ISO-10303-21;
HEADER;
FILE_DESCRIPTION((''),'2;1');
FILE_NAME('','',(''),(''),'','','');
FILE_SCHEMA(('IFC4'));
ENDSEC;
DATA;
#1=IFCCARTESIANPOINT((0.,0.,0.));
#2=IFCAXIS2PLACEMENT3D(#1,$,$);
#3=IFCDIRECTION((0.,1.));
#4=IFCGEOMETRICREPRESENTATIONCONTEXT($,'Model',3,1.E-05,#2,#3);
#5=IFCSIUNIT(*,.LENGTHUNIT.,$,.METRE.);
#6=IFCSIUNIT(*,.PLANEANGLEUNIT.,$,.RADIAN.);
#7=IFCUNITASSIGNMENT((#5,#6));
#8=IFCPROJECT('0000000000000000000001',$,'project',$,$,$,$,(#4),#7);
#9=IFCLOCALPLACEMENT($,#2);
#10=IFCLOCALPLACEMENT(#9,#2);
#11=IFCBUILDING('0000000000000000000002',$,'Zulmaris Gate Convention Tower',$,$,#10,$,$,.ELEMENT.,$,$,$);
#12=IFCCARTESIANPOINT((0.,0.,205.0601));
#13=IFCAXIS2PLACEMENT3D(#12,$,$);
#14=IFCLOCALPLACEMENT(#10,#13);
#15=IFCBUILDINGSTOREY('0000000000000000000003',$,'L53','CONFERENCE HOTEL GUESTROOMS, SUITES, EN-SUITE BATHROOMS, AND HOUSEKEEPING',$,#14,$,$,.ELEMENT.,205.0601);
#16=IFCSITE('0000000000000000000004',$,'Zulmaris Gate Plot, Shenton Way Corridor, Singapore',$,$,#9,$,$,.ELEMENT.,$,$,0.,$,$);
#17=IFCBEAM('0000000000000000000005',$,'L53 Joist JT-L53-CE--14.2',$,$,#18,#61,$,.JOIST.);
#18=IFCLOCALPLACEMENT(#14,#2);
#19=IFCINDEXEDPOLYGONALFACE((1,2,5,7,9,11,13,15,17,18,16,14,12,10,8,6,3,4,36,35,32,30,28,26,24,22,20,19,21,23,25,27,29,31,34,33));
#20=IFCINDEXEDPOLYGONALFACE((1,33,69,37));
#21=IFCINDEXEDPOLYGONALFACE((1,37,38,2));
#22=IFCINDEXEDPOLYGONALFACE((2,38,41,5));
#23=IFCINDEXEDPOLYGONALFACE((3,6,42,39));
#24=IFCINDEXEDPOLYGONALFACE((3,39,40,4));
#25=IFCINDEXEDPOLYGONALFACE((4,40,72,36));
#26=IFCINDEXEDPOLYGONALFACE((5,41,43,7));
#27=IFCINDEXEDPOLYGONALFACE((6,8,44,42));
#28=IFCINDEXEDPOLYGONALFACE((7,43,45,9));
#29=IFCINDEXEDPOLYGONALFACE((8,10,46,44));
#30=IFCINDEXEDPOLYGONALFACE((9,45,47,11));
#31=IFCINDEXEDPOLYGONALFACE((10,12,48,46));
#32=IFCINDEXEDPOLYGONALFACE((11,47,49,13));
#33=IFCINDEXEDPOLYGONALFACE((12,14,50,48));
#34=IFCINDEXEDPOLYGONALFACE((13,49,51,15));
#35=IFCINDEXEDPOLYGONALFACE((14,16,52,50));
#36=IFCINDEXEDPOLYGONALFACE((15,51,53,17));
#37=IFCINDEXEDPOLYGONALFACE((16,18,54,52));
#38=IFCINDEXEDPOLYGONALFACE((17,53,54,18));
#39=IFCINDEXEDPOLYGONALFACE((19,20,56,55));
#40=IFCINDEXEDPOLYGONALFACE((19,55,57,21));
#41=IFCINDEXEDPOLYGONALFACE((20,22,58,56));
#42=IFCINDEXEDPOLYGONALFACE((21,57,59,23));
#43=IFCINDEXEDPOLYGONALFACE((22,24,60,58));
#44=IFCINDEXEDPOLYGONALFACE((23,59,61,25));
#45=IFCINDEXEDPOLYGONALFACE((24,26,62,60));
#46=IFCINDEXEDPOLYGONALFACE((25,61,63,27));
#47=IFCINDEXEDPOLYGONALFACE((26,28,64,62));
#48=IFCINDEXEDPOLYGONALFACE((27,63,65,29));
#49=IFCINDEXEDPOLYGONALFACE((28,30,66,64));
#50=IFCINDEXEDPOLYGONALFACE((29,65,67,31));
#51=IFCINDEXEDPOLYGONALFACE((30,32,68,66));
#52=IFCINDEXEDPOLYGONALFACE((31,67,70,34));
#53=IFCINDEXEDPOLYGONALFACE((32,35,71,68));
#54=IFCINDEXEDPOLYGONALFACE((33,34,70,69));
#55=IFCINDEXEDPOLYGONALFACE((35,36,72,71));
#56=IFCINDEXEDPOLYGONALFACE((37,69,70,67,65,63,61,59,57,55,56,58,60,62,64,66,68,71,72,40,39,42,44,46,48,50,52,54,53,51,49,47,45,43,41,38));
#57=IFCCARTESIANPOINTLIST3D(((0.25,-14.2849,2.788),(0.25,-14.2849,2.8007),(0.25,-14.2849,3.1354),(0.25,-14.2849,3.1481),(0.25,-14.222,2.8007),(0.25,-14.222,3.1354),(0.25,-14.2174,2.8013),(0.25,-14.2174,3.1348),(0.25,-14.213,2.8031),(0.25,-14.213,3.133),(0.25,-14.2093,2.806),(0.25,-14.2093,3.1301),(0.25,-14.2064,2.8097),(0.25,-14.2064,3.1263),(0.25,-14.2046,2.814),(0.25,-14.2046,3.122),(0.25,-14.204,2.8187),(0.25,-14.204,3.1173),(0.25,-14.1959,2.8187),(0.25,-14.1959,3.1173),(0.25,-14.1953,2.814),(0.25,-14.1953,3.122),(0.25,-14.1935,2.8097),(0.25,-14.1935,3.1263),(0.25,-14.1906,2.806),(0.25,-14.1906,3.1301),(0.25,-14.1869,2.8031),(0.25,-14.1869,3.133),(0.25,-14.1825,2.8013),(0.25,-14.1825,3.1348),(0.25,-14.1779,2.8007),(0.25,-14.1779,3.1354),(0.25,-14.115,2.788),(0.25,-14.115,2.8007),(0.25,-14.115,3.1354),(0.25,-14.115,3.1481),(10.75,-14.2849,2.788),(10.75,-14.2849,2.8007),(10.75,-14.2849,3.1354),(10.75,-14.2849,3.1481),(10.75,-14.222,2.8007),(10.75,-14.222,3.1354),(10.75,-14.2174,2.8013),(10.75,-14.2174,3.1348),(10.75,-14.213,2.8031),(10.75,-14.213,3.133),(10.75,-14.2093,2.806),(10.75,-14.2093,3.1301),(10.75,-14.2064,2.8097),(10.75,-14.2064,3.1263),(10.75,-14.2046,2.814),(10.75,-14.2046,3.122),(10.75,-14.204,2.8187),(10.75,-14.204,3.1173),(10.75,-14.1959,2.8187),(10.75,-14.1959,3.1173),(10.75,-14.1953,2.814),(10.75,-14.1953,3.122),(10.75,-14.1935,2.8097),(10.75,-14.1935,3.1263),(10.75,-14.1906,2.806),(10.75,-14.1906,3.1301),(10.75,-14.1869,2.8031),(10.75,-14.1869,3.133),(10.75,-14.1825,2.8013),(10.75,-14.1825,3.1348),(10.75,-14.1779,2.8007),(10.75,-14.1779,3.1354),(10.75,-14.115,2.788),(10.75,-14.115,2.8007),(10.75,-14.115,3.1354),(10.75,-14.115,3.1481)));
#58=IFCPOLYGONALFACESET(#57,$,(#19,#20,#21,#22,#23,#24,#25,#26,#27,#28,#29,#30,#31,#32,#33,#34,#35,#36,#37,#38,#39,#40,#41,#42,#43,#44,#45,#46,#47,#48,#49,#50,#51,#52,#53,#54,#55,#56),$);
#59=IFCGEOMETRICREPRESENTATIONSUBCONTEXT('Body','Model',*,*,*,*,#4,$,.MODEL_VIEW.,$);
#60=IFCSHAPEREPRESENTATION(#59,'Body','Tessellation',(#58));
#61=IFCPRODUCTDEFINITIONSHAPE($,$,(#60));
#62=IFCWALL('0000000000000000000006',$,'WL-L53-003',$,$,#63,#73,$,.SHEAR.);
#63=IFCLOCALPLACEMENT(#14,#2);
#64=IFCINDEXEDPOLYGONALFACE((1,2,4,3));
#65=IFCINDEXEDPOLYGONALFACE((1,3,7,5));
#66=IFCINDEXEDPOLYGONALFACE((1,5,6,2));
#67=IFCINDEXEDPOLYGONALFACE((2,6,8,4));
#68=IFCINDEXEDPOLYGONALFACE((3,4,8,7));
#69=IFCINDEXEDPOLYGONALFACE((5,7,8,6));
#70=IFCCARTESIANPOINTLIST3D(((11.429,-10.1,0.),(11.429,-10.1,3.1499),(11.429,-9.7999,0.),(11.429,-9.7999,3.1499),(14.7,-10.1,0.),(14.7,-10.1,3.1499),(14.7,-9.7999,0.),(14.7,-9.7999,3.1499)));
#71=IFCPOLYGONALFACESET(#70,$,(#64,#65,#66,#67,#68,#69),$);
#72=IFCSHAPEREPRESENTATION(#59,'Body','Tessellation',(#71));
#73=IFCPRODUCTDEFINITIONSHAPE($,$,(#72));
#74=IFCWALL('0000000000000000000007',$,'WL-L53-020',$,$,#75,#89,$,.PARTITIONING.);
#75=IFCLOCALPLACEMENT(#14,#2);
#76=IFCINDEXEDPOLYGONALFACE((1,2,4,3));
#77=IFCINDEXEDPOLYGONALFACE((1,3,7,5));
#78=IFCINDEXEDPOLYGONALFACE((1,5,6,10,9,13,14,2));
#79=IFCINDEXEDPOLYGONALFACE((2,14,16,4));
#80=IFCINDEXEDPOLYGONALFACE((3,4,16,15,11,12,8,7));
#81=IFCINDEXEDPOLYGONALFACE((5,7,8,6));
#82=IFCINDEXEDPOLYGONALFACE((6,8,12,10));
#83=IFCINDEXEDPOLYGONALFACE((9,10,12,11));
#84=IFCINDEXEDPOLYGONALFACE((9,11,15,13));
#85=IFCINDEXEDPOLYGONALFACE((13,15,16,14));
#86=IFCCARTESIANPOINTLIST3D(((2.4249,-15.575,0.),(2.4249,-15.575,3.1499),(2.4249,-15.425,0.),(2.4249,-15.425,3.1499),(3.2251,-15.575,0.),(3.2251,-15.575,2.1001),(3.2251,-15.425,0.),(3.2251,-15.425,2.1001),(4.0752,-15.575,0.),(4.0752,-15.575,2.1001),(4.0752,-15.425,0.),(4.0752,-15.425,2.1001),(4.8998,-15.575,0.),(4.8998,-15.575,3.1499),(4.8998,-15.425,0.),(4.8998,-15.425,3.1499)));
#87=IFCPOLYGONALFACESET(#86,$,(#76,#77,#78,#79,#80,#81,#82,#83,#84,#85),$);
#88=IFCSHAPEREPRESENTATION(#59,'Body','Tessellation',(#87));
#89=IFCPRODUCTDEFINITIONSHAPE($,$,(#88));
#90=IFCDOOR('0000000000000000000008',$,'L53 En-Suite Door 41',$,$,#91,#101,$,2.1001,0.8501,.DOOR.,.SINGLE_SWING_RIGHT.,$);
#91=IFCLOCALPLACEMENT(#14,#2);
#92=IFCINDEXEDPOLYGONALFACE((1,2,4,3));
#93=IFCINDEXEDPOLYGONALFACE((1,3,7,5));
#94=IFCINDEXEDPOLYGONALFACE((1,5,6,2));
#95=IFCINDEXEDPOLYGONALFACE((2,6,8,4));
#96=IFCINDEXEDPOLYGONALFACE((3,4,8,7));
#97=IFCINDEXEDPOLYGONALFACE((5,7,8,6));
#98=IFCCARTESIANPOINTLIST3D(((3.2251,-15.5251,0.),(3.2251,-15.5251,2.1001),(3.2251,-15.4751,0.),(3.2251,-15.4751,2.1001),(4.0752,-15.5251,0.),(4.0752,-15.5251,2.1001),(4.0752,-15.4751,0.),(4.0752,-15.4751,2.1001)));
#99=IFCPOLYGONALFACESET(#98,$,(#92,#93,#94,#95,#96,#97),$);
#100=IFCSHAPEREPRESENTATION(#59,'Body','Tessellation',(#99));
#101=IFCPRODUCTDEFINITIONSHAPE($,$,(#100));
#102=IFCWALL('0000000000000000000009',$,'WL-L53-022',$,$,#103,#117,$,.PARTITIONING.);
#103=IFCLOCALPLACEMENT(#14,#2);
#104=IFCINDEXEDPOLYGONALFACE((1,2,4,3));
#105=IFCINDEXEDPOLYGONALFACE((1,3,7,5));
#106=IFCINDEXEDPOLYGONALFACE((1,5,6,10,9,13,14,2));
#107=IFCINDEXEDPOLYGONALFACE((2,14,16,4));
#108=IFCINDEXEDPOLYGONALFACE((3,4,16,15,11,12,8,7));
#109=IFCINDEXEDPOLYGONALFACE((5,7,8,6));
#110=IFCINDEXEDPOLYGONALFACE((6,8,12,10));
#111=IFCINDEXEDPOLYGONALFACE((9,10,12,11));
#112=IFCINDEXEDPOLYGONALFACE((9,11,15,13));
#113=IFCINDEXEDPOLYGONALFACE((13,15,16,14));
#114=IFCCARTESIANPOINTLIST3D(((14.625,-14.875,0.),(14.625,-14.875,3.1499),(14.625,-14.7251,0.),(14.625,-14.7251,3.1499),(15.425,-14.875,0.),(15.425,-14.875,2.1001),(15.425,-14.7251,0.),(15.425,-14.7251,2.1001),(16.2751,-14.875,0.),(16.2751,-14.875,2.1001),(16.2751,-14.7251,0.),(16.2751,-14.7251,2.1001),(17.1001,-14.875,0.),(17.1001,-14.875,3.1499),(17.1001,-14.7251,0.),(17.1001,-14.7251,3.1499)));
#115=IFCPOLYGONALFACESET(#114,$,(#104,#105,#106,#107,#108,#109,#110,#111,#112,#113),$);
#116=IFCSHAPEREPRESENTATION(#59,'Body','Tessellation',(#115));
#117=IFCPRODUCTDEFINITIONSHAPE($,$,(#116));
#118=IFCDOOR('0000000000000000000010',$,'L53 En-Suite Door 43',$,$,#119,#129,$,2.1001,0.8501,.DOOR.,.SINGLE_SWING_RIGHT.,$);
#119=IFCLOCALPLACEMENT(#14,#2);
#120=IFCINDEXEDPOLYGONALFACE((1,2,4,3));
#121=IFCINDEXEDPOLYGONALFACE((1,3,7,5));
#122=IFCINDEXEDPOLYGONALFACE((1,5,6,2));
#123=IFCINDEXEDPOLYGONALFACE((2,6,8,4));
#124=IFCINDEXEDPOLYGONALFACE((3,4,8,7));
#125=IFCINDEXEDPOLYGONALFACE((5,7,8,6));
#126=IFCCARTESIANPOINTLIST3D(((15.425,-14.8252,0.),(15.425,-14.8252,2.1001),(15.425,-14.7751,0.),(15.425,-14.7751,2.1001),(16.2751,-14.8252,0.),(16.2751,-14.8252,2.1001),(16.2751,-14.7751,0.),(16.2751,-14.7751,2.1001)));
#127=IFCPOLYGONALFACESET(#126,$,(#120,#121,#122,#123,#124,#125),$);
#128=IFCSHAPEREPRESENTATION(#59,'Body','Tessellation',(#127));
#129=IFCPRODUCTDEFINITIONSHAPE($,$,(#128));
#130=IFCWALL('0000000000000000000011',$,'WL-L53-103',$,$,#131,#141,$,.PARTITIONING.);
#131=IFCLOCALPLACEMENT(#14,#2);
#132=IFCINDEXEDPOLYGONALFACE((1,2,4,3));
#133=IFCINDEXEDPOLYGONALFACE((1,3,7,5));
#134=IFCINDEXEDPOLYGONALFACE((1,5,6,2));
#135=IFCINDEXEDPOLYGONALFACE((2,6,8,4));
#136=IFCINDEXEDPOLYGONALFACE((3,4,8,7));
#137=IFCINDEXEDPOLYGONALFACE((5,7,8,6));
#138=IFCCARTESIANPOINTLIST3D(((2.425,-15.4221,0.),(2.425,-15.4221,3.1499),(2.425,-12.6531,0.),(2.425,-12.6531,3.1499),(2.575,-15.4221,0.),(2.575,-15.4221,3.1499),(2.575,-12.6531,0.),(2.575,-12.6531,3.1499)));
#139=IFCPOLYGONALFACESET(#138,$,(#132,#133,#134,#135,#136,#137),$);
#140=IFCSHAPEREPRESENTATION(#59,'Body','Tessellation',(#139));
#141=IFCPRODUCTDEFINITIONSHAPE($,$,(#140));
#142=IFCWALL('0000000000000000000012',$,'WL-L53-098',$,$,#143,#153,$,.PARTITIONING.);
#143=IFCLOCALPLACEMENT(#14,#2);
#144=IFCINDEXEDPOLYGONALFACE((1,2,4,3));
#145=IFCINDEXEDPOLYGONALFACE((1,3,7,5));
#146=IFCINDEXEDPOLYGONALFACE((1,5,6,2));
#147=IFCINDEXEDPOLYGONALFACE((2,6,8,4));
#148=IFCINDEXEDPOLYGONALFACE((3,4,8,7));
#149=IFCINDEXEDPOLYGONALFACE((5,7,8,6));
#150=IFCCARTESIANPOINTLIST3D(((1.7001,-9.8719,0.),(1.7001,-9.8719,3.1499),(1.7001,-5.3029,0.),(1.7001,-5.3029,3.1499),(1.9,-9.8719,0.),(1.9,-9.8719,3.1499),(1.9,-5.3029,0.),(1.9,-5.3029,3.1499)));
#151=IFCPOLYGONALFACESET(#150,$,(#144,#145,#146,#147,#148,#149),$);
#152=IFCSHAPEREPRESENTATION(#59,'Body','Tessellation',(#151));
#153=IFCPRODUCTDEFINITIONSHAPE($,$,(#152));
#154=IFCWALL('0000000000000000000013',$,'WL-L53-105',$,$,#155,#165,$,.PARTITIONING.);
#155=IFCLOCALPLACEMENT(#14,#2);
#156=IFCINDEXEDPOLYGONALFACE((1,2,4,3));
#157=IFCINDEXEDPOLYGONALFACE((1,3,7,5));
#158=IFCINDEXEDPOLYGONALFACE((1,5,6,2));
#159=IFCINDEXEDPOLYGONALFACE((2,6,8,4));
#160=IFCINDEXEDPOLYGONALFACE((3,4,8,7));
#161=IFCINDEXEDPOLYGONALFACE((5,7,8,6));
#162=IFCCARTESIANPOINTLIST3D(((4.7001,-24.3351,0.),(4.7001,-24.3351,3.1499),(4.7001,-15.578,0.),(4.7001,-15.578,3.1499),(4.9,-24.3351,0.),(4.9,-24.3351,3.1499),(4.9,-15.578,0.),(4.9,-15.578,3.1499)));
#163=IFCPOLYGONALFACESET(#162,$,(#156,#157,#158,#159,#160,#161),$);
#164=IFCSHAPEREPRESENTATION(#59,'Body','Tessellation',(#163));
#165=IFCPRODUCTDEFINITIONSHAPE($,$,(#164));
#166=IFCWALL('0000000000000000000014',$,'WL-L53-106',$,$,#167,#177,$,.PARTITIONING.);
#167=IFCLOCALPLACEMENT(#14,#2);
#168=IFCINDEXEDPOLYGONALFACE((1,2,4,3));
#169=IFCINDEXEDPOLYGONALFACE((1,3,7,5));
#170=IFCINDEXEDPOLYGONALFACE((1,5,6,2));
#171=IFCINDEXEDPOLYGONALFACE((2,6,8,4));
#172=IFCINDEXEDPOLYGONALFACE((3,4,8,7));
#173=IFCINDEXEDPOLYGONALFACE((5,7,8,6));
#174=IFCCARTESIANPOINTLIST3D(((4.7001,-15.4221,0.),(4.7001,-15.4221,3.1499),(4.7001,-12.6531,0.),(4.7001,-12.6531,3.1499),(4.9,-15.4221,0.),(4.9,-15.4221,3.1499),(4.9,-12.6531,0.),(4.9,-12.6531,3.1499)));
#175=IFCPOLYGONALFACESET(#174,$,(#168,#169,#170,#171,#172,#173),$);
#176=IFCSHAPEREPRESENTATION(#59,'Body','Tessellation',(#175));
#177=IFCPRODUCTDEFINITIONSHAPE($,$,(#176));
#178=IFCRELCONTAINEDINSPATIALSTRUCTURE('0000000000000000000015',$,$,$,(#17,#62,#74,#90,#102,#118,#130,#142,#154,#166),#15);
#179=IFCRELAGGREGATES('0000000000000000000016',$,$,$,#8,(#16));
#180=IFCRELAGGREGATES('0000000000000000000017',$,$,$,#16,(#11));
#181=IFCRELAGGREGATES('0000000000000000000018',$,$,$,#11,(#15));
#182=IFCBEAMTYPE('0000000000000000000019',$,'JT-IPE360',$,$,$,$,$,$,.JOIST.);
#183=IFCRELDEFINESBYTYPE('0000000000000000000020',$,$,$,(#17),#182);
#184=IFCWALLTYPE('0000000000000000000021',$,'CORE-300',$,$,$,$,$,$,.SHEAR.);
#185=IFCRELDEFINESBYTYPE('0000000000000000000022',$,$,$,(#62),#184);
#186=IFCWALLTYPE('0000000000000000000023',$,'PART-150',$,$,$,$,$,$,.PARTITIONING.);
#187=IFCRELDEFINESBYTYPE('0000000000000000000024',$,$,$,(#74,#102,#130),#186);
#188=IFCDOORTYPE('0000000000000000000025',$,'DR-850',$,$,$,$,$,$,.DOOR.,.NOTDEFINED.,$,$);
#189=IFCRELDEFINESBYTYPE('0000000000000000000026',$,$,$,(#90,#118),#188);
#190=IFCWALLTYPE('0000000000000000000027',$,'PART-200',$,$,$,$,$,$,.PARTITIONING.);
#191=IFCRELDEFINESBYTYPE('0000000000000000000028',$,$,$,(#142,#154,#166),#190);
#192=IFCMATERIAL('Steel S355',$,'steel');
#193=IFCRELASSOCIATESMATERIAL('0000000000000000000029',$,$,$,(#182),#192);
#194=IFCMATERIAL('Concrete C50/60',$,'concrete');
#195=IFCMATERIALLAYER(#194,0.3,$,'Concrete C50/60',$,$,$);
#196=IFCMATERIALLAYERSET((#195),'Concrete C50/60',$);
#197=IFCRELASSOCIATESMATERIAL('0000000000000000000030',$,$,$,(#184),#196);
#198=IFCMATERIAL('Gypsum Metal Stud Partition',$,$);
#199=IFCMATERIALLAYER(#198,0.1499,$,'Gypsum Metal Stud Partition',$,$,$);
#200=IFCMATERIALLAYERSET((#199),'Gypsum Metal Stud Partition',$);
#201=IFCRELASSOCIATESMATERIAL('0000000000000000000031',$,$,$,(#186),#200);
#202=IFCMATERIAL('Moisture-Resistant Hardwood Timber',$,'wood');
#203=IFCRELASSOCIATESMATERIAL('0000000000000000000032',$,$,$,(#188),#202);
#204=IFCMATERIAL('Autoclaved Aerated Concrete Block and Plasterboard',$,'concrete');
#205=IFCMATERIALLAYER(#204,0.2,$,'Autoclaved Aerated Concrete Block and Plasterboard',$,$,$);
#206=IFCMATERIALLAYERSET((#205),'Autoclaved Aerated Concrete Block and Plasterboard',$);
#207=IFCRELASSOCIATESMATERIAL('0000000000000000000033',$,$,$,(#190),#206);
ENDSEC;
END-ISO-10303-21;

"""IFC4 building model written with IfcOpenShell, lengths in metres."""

from ifc_helpers import new_model, si_unit, direction, frame, frame_2d, origin, origin_2d, place, context, subcontext, project, spatial, rectangle, i_section, extrude, material, layer, layer_set, material_profile, profile_set, type_object, element, fill, save


model = new_model("IFC4")

# Units and contexts
model_context = context("Model", 3, precision=1e-05, world=origin(), true_north=direction((0.0, 1.0)))
body_context = subcontext(model_context, "Body", "Model", "MODEL_VIEW")
ifc_project = project(units=[si_unit("LENGTHUNIT", "METRE"), si_unit("PLANEANGLEUNIT", "RADIAN")], contexts=[model_context])

# Site, building, storey
site_placement = place(None, origin())
site = spatial("IfcSite", under=ifc_project, at=site_placement, Name="Zulmaris Gate Plot, Shenton Way Corridor, Singapore", CompositionType="ELEMENT", RefElevation=0.0)
building_placement = place(site_placement, origin())
building = spatial("IfcBuilding", under=site, at=building_placement, Name="Zulmaris Gate Convention Tower", CompositionType="ELEMENT")
storey_placement = place(building_placement, frame((0.0, 0.0, 205.0601)))
storey = spatial("IfcBuildingStorey", under=building, at=storey_placement, Name="L53", Description="CONFERENCE HOTEL GUESTROOMS, SUITES, EN-SUITE BATHROOMS, AND HOUSEKEEPING", CompositionType="ELEMENT", Elevation=205.0601)

# Beam
ifc_material_1 = material(Name="Steel S355", Category="steel")
ifc_material_2 = material(Name="Concrete C50/60", Category="concrete")
ifc_material_profile_1 = material_profile(ifc_material_1, i_section(OverallWidth=0.1699, OverallDepth=0.3601, WebThickness=0.0081, FlangeThickness=0.0127, FilletRadius=0.0181, at=origin_2d()), Name="IPE 360")
ifc_profile_set_1 = profile_set([ifc_material_profile_1], Name="Steel S355")
beam_type_1 = type_object("IfcBeamType", Name="JT-IPE360", PredefinedType="JOIST", material=ifc_profile_set_1)
for number, where, z_axis, x_axis, name in (
    (1, (0.25, -14.2, 2.968), (1.0, 0.0, 0.0), (0.0, 1.0, 0.0), "L53 Joist JT-L53-CE--14.2"),
):
    element("IfcBeam", number, at=place(storey_placement, frame(where, z_axis=z_axis, x_axis=x_axis)), inside=storey, type_object=beam_type_1, Name=name, PredefinedType="JOIST", context=body_context, shape_type="SweptSolid", body=[
        extrude(i_section(OverallWidth=0.1699, OverallDepth=0.3601, WebThickness=0.0081, FlangeThickness=0.0127, FilletRadius=0.0181, at=origin_2d()), origin(), (0.0, 0.0, 1.0), 10.5),
    ])

# Wall
ifc_layer_1 = layer(ifc_material_2, 0.3, Name="Concrete C50/60")
ifc_layer_set_1 = layer_set([ifc_layer_1], Name="Concrete C50/60")
wall_type_1 = type_object("IfcWallType", Name="CORE-300", PredefinedType="SHEAR", material=ifc_layer_set_1)
wall_1_placement = place(storey_placement, frame((11.429, -9.95, 0.0), z_axis=(0.0, 0.0, 1.0), x_axis=(1.0, 0.0, 0.0)))
element("IfcWall", 2, at=wall_1_placement, inside=storey, type_object=wall_type_1, Name="WL-L53-003", PredefinedType="SHEAR", context=body_context, shape_type="SweptSolid", body=[
    extrude(rectangle(XDim=3.271, YDim=0.3, at=frame_2d((1.6355, 0.0))), origin(), (0.0, 0.0, 1.0), 3.1499),
])

# Walls, openings, doors
ifc_material_3 = material(Name="Gypsum Metal Stud Partition")
ifc_layer_2 = layer(ifc_material_3, 0.1499, Name="Gypsum Metal Stud Partition")
ifc_layer_set_2 = layer_set([ifc_layer_2], Name="Gypsum Metal Stud Partition")
wall_type_2 = type_object("IfcWallType", Name="PART-150", PredefinedType="PARTITIONING", material=ifc_layer_set_2)
wall_2_placement = place(storey_placement, frame((2.425, -15.5, 0.0), z_axis=(0.0, 0.0, 1.0), x_axis=(1.0, 0.0, 0.0)))
wall_2 = element("IfcWall", 3, at=wall_2_placement, inside=storey, type_object=wall_type_2, Name="WL-L53-020", PredefinedType="PARTITIONING", context=body_context, shape_type="SweptSolid", body=[
    extrude(rectangle(XDim=2.4749, YDim=0.1499, at=frame_2d((1.2373, 0.0))), origin(), (0.0, 0.0, 1.0), 3.1499),
])
opening_1_placement = place(wall_2_placement, frame((0.8, 0.0, 0.0)))
opening_1 = element("IfcOpeningElement", 4, at=opening_1_placement, cuts=wall_2, PredefinedType="OPENING", context=body_context, shape_type="SweptSolid", body=[
    extrude(rectangle(XDim=0.8501, YDim=2.1001, at=frame_2d((0.425, 1.05))), frame((0.0, 0.085, 0.0), z_axis=(0.0, -1.0, 0.0), x_axis=(1.0, 0.0, 0.0)), (0.0, 0.0, 1.0), 0.1699),
])
ifc_material_4 = material(Name="Moisture-Resistant Hardwood Timber", Category="wood")
door_type = type_object("IfcDoorType", Name="DR-850", OperationType="NOTDEFINED", PredefinedType="DOOR", material=ifc_material_4)
door_1_placement = place(opening_1_placement, origin())
door_1 = element("IfcDoor", 5, at=door_1_placement, inside=storey, type_object=door_type, Name="L53 En-Suite Door 41", OperationType="SINGLE_SWING_RIGHT", OverallHeight=2.1001, OverallWidth=0.8501, PredefinedType="DOOR", context=body_context, shape_type="SweptSolid", body=[
    extrude(rectangle(XDim=0.8501, YDim=2.1001, at=frame_2d((0.425, 1.05))), frame((0.0, 0.0249, 0.0), z_axis=(0.0, -1.0, 0.0), x_axis=(1.0, 0.0, 0.0)), (0.0, 0.0, 1.0), 0.05),
])
fill(opening_1, door_1)
wall_3_placement = place(storey_placement, frame((14.625, -14.8, 0.0), z_axis=(0.0, 0.0, 1.0), x_axis=(1.0, 0.0, 0.0)))
wall_3 = element("IfcWall", 6, at=wall_3_placement, inside=storey, type_object=wall_type_2, Name="WL-L53-022", PredefinedType="PARTITIONING", context=body_context, shape_type="SweptSolid", body=[
    extrude(rectangle(XDim=2.4751, YDim=0.1499, at=frame_2d((1.2375, 0.0))), origin(), (0.0, 0.0, 1.0), 3.1499),
])
opening_2_placement = place(wall_3_placement, frame((0.8, 0.0, 0.0)))
opening_2 = element("IfcOpeningElement", 7, at=opening_2_placement, cuts=wall_3, PredefinedType="OPENING", context=body_context, shape_type="SweptSolid", body=[
    extrude(rectangle(XDim=0.8501, YDim=2.1001, at=frame_2d((0.425, 1.05))), frame((0.0, 0.085, 0.0), z_axis=(0.0, -1.0, 0.0), x_axis=(1.0, 0.0, 0.0)), (0.0, 0.0, 1.0), 0.1699),
])
door_2_placement = place(opening_2_placement, origin())
door_2 = element("IfcDoor", 8, at=door_2_placement, inside=storey, type_object=door_type, Name="L53 En-Suite Door 43", OperationType="SINGLE_SWING_RIGHT", OverallHeight=2.1001, OverallWidth=0.8501, PredefinedType="DOOR", context=body_context, shape_type="SweptSolid", body=[
    extrude(rectangle(XDim=0.8501, YDim=2.1001, at=frame_2d((0.425, 1.05))), frame((0.0, 0.0249, 0.0), z_axis=(0.0, -1.0, 0.0), x_axis=(1.0, 0.0, 0.0)), (0.0, 0.0, 1.0), 0.05),
])
fill(opening_2, door_2)

# Walls
wall_4_placement = place(storey_placement, frame((2.5, -15.4221, 0.0), z_axis=(0.0, 0.0, 1.0), x_axis=(0.0, 1.0, 0.0)))
element("IfcWall", 9, at=wall_4_placement, inside=storey, type_object=wall_type_2, Name="WL-L53-103", PredefinedType="PARTITIONING", context=body_context, shape_type="SweptSolid", body=[
    extrude(rectangle(XDim=2.769, YDim=0.1499, at=frame_2d((1.3845, 0.0))), origin(), (0.0, 0.0, 1.0), 3.1499),
])
ifc_material_5 = material(Name="Autoclaved Aerated Concrete Block and Plasterboard", Category="concrete")
ifc_layer_3 = layer(ifc_material_5, 0.2, Name="Autoclaved Aerated Concrete Block and Plasterboard")
ifc_layer_set_3 = layer_set([ifc_layer_3], Name="Autoclaved Aerated Concrete Block and Plasterboard")
wall_type_3 = type_object("IfcWallType", Name="PART-200", PredefinedType="PARTITIONING", material=ifc_layer_set_3)
wall_5_placement = place(storey_placement, frame((1.8, -9.8721, 0.0), z_axis=(0.0, 0.0, 1.0), x_axis=(0.0, 1.0, 0.0)))
element("IfcWall", 10, at=wall_5_placement, inside=storey, type_object=wall_type_3, Name="WL-L53-098", PredefinedType="PARTITIONING", context=body_context, shape_type="SweptSolid", body=[
    extrude(rectangle(XDim=4.5691, YDim=0.2, at=frame_2d((2.2847, 0.0))), origin(), (0.0, 0.0, 1.0), 3.1499),
])
wall_6_placement = place(storey_placement, frame((4.8, -24.335, 0.0), z_axis=(0.0, 0.0, 1.0), x_axis=(0.0, 1.0, 0.0)))
element("IfcWall", 11, at=wall_6_placement, inside=storey, type_object=wall_type_3, Name="WL-L53-105", PredefinedType="PARTITIONING", context=body_context, shape_type="SweptSolid", body=[
    extrude(rectangle(XDim=8.7571, YDim=0.2, at=frame_2d((4.3784, 0.0))), origin(), (0.0, 0.0, 1.0), 3.1499),
])
wall_7_placement = place(storey_placement, frame((4.8, -15.4221, 0.0), z_axis=(0.0, 0.0, 1.0), x_axis=(0.0, 1.0, 0.0)))
element("IfcWall", 12, at=wall_7_placement, inside=storey, type_object=wall_type_3, Name="WL-L53-106", PredefinedType="PARTITIONING", context=body_context, shape_type="SweptSolid", body=[
    extrude(rectangle(XDim=2.769, YDim=0.2, at=frame_2d((1.3845, 0.0))), origin(), (0.0, 0.0, 1.0), 3.1499),
])

save(model, "model.ifc")
